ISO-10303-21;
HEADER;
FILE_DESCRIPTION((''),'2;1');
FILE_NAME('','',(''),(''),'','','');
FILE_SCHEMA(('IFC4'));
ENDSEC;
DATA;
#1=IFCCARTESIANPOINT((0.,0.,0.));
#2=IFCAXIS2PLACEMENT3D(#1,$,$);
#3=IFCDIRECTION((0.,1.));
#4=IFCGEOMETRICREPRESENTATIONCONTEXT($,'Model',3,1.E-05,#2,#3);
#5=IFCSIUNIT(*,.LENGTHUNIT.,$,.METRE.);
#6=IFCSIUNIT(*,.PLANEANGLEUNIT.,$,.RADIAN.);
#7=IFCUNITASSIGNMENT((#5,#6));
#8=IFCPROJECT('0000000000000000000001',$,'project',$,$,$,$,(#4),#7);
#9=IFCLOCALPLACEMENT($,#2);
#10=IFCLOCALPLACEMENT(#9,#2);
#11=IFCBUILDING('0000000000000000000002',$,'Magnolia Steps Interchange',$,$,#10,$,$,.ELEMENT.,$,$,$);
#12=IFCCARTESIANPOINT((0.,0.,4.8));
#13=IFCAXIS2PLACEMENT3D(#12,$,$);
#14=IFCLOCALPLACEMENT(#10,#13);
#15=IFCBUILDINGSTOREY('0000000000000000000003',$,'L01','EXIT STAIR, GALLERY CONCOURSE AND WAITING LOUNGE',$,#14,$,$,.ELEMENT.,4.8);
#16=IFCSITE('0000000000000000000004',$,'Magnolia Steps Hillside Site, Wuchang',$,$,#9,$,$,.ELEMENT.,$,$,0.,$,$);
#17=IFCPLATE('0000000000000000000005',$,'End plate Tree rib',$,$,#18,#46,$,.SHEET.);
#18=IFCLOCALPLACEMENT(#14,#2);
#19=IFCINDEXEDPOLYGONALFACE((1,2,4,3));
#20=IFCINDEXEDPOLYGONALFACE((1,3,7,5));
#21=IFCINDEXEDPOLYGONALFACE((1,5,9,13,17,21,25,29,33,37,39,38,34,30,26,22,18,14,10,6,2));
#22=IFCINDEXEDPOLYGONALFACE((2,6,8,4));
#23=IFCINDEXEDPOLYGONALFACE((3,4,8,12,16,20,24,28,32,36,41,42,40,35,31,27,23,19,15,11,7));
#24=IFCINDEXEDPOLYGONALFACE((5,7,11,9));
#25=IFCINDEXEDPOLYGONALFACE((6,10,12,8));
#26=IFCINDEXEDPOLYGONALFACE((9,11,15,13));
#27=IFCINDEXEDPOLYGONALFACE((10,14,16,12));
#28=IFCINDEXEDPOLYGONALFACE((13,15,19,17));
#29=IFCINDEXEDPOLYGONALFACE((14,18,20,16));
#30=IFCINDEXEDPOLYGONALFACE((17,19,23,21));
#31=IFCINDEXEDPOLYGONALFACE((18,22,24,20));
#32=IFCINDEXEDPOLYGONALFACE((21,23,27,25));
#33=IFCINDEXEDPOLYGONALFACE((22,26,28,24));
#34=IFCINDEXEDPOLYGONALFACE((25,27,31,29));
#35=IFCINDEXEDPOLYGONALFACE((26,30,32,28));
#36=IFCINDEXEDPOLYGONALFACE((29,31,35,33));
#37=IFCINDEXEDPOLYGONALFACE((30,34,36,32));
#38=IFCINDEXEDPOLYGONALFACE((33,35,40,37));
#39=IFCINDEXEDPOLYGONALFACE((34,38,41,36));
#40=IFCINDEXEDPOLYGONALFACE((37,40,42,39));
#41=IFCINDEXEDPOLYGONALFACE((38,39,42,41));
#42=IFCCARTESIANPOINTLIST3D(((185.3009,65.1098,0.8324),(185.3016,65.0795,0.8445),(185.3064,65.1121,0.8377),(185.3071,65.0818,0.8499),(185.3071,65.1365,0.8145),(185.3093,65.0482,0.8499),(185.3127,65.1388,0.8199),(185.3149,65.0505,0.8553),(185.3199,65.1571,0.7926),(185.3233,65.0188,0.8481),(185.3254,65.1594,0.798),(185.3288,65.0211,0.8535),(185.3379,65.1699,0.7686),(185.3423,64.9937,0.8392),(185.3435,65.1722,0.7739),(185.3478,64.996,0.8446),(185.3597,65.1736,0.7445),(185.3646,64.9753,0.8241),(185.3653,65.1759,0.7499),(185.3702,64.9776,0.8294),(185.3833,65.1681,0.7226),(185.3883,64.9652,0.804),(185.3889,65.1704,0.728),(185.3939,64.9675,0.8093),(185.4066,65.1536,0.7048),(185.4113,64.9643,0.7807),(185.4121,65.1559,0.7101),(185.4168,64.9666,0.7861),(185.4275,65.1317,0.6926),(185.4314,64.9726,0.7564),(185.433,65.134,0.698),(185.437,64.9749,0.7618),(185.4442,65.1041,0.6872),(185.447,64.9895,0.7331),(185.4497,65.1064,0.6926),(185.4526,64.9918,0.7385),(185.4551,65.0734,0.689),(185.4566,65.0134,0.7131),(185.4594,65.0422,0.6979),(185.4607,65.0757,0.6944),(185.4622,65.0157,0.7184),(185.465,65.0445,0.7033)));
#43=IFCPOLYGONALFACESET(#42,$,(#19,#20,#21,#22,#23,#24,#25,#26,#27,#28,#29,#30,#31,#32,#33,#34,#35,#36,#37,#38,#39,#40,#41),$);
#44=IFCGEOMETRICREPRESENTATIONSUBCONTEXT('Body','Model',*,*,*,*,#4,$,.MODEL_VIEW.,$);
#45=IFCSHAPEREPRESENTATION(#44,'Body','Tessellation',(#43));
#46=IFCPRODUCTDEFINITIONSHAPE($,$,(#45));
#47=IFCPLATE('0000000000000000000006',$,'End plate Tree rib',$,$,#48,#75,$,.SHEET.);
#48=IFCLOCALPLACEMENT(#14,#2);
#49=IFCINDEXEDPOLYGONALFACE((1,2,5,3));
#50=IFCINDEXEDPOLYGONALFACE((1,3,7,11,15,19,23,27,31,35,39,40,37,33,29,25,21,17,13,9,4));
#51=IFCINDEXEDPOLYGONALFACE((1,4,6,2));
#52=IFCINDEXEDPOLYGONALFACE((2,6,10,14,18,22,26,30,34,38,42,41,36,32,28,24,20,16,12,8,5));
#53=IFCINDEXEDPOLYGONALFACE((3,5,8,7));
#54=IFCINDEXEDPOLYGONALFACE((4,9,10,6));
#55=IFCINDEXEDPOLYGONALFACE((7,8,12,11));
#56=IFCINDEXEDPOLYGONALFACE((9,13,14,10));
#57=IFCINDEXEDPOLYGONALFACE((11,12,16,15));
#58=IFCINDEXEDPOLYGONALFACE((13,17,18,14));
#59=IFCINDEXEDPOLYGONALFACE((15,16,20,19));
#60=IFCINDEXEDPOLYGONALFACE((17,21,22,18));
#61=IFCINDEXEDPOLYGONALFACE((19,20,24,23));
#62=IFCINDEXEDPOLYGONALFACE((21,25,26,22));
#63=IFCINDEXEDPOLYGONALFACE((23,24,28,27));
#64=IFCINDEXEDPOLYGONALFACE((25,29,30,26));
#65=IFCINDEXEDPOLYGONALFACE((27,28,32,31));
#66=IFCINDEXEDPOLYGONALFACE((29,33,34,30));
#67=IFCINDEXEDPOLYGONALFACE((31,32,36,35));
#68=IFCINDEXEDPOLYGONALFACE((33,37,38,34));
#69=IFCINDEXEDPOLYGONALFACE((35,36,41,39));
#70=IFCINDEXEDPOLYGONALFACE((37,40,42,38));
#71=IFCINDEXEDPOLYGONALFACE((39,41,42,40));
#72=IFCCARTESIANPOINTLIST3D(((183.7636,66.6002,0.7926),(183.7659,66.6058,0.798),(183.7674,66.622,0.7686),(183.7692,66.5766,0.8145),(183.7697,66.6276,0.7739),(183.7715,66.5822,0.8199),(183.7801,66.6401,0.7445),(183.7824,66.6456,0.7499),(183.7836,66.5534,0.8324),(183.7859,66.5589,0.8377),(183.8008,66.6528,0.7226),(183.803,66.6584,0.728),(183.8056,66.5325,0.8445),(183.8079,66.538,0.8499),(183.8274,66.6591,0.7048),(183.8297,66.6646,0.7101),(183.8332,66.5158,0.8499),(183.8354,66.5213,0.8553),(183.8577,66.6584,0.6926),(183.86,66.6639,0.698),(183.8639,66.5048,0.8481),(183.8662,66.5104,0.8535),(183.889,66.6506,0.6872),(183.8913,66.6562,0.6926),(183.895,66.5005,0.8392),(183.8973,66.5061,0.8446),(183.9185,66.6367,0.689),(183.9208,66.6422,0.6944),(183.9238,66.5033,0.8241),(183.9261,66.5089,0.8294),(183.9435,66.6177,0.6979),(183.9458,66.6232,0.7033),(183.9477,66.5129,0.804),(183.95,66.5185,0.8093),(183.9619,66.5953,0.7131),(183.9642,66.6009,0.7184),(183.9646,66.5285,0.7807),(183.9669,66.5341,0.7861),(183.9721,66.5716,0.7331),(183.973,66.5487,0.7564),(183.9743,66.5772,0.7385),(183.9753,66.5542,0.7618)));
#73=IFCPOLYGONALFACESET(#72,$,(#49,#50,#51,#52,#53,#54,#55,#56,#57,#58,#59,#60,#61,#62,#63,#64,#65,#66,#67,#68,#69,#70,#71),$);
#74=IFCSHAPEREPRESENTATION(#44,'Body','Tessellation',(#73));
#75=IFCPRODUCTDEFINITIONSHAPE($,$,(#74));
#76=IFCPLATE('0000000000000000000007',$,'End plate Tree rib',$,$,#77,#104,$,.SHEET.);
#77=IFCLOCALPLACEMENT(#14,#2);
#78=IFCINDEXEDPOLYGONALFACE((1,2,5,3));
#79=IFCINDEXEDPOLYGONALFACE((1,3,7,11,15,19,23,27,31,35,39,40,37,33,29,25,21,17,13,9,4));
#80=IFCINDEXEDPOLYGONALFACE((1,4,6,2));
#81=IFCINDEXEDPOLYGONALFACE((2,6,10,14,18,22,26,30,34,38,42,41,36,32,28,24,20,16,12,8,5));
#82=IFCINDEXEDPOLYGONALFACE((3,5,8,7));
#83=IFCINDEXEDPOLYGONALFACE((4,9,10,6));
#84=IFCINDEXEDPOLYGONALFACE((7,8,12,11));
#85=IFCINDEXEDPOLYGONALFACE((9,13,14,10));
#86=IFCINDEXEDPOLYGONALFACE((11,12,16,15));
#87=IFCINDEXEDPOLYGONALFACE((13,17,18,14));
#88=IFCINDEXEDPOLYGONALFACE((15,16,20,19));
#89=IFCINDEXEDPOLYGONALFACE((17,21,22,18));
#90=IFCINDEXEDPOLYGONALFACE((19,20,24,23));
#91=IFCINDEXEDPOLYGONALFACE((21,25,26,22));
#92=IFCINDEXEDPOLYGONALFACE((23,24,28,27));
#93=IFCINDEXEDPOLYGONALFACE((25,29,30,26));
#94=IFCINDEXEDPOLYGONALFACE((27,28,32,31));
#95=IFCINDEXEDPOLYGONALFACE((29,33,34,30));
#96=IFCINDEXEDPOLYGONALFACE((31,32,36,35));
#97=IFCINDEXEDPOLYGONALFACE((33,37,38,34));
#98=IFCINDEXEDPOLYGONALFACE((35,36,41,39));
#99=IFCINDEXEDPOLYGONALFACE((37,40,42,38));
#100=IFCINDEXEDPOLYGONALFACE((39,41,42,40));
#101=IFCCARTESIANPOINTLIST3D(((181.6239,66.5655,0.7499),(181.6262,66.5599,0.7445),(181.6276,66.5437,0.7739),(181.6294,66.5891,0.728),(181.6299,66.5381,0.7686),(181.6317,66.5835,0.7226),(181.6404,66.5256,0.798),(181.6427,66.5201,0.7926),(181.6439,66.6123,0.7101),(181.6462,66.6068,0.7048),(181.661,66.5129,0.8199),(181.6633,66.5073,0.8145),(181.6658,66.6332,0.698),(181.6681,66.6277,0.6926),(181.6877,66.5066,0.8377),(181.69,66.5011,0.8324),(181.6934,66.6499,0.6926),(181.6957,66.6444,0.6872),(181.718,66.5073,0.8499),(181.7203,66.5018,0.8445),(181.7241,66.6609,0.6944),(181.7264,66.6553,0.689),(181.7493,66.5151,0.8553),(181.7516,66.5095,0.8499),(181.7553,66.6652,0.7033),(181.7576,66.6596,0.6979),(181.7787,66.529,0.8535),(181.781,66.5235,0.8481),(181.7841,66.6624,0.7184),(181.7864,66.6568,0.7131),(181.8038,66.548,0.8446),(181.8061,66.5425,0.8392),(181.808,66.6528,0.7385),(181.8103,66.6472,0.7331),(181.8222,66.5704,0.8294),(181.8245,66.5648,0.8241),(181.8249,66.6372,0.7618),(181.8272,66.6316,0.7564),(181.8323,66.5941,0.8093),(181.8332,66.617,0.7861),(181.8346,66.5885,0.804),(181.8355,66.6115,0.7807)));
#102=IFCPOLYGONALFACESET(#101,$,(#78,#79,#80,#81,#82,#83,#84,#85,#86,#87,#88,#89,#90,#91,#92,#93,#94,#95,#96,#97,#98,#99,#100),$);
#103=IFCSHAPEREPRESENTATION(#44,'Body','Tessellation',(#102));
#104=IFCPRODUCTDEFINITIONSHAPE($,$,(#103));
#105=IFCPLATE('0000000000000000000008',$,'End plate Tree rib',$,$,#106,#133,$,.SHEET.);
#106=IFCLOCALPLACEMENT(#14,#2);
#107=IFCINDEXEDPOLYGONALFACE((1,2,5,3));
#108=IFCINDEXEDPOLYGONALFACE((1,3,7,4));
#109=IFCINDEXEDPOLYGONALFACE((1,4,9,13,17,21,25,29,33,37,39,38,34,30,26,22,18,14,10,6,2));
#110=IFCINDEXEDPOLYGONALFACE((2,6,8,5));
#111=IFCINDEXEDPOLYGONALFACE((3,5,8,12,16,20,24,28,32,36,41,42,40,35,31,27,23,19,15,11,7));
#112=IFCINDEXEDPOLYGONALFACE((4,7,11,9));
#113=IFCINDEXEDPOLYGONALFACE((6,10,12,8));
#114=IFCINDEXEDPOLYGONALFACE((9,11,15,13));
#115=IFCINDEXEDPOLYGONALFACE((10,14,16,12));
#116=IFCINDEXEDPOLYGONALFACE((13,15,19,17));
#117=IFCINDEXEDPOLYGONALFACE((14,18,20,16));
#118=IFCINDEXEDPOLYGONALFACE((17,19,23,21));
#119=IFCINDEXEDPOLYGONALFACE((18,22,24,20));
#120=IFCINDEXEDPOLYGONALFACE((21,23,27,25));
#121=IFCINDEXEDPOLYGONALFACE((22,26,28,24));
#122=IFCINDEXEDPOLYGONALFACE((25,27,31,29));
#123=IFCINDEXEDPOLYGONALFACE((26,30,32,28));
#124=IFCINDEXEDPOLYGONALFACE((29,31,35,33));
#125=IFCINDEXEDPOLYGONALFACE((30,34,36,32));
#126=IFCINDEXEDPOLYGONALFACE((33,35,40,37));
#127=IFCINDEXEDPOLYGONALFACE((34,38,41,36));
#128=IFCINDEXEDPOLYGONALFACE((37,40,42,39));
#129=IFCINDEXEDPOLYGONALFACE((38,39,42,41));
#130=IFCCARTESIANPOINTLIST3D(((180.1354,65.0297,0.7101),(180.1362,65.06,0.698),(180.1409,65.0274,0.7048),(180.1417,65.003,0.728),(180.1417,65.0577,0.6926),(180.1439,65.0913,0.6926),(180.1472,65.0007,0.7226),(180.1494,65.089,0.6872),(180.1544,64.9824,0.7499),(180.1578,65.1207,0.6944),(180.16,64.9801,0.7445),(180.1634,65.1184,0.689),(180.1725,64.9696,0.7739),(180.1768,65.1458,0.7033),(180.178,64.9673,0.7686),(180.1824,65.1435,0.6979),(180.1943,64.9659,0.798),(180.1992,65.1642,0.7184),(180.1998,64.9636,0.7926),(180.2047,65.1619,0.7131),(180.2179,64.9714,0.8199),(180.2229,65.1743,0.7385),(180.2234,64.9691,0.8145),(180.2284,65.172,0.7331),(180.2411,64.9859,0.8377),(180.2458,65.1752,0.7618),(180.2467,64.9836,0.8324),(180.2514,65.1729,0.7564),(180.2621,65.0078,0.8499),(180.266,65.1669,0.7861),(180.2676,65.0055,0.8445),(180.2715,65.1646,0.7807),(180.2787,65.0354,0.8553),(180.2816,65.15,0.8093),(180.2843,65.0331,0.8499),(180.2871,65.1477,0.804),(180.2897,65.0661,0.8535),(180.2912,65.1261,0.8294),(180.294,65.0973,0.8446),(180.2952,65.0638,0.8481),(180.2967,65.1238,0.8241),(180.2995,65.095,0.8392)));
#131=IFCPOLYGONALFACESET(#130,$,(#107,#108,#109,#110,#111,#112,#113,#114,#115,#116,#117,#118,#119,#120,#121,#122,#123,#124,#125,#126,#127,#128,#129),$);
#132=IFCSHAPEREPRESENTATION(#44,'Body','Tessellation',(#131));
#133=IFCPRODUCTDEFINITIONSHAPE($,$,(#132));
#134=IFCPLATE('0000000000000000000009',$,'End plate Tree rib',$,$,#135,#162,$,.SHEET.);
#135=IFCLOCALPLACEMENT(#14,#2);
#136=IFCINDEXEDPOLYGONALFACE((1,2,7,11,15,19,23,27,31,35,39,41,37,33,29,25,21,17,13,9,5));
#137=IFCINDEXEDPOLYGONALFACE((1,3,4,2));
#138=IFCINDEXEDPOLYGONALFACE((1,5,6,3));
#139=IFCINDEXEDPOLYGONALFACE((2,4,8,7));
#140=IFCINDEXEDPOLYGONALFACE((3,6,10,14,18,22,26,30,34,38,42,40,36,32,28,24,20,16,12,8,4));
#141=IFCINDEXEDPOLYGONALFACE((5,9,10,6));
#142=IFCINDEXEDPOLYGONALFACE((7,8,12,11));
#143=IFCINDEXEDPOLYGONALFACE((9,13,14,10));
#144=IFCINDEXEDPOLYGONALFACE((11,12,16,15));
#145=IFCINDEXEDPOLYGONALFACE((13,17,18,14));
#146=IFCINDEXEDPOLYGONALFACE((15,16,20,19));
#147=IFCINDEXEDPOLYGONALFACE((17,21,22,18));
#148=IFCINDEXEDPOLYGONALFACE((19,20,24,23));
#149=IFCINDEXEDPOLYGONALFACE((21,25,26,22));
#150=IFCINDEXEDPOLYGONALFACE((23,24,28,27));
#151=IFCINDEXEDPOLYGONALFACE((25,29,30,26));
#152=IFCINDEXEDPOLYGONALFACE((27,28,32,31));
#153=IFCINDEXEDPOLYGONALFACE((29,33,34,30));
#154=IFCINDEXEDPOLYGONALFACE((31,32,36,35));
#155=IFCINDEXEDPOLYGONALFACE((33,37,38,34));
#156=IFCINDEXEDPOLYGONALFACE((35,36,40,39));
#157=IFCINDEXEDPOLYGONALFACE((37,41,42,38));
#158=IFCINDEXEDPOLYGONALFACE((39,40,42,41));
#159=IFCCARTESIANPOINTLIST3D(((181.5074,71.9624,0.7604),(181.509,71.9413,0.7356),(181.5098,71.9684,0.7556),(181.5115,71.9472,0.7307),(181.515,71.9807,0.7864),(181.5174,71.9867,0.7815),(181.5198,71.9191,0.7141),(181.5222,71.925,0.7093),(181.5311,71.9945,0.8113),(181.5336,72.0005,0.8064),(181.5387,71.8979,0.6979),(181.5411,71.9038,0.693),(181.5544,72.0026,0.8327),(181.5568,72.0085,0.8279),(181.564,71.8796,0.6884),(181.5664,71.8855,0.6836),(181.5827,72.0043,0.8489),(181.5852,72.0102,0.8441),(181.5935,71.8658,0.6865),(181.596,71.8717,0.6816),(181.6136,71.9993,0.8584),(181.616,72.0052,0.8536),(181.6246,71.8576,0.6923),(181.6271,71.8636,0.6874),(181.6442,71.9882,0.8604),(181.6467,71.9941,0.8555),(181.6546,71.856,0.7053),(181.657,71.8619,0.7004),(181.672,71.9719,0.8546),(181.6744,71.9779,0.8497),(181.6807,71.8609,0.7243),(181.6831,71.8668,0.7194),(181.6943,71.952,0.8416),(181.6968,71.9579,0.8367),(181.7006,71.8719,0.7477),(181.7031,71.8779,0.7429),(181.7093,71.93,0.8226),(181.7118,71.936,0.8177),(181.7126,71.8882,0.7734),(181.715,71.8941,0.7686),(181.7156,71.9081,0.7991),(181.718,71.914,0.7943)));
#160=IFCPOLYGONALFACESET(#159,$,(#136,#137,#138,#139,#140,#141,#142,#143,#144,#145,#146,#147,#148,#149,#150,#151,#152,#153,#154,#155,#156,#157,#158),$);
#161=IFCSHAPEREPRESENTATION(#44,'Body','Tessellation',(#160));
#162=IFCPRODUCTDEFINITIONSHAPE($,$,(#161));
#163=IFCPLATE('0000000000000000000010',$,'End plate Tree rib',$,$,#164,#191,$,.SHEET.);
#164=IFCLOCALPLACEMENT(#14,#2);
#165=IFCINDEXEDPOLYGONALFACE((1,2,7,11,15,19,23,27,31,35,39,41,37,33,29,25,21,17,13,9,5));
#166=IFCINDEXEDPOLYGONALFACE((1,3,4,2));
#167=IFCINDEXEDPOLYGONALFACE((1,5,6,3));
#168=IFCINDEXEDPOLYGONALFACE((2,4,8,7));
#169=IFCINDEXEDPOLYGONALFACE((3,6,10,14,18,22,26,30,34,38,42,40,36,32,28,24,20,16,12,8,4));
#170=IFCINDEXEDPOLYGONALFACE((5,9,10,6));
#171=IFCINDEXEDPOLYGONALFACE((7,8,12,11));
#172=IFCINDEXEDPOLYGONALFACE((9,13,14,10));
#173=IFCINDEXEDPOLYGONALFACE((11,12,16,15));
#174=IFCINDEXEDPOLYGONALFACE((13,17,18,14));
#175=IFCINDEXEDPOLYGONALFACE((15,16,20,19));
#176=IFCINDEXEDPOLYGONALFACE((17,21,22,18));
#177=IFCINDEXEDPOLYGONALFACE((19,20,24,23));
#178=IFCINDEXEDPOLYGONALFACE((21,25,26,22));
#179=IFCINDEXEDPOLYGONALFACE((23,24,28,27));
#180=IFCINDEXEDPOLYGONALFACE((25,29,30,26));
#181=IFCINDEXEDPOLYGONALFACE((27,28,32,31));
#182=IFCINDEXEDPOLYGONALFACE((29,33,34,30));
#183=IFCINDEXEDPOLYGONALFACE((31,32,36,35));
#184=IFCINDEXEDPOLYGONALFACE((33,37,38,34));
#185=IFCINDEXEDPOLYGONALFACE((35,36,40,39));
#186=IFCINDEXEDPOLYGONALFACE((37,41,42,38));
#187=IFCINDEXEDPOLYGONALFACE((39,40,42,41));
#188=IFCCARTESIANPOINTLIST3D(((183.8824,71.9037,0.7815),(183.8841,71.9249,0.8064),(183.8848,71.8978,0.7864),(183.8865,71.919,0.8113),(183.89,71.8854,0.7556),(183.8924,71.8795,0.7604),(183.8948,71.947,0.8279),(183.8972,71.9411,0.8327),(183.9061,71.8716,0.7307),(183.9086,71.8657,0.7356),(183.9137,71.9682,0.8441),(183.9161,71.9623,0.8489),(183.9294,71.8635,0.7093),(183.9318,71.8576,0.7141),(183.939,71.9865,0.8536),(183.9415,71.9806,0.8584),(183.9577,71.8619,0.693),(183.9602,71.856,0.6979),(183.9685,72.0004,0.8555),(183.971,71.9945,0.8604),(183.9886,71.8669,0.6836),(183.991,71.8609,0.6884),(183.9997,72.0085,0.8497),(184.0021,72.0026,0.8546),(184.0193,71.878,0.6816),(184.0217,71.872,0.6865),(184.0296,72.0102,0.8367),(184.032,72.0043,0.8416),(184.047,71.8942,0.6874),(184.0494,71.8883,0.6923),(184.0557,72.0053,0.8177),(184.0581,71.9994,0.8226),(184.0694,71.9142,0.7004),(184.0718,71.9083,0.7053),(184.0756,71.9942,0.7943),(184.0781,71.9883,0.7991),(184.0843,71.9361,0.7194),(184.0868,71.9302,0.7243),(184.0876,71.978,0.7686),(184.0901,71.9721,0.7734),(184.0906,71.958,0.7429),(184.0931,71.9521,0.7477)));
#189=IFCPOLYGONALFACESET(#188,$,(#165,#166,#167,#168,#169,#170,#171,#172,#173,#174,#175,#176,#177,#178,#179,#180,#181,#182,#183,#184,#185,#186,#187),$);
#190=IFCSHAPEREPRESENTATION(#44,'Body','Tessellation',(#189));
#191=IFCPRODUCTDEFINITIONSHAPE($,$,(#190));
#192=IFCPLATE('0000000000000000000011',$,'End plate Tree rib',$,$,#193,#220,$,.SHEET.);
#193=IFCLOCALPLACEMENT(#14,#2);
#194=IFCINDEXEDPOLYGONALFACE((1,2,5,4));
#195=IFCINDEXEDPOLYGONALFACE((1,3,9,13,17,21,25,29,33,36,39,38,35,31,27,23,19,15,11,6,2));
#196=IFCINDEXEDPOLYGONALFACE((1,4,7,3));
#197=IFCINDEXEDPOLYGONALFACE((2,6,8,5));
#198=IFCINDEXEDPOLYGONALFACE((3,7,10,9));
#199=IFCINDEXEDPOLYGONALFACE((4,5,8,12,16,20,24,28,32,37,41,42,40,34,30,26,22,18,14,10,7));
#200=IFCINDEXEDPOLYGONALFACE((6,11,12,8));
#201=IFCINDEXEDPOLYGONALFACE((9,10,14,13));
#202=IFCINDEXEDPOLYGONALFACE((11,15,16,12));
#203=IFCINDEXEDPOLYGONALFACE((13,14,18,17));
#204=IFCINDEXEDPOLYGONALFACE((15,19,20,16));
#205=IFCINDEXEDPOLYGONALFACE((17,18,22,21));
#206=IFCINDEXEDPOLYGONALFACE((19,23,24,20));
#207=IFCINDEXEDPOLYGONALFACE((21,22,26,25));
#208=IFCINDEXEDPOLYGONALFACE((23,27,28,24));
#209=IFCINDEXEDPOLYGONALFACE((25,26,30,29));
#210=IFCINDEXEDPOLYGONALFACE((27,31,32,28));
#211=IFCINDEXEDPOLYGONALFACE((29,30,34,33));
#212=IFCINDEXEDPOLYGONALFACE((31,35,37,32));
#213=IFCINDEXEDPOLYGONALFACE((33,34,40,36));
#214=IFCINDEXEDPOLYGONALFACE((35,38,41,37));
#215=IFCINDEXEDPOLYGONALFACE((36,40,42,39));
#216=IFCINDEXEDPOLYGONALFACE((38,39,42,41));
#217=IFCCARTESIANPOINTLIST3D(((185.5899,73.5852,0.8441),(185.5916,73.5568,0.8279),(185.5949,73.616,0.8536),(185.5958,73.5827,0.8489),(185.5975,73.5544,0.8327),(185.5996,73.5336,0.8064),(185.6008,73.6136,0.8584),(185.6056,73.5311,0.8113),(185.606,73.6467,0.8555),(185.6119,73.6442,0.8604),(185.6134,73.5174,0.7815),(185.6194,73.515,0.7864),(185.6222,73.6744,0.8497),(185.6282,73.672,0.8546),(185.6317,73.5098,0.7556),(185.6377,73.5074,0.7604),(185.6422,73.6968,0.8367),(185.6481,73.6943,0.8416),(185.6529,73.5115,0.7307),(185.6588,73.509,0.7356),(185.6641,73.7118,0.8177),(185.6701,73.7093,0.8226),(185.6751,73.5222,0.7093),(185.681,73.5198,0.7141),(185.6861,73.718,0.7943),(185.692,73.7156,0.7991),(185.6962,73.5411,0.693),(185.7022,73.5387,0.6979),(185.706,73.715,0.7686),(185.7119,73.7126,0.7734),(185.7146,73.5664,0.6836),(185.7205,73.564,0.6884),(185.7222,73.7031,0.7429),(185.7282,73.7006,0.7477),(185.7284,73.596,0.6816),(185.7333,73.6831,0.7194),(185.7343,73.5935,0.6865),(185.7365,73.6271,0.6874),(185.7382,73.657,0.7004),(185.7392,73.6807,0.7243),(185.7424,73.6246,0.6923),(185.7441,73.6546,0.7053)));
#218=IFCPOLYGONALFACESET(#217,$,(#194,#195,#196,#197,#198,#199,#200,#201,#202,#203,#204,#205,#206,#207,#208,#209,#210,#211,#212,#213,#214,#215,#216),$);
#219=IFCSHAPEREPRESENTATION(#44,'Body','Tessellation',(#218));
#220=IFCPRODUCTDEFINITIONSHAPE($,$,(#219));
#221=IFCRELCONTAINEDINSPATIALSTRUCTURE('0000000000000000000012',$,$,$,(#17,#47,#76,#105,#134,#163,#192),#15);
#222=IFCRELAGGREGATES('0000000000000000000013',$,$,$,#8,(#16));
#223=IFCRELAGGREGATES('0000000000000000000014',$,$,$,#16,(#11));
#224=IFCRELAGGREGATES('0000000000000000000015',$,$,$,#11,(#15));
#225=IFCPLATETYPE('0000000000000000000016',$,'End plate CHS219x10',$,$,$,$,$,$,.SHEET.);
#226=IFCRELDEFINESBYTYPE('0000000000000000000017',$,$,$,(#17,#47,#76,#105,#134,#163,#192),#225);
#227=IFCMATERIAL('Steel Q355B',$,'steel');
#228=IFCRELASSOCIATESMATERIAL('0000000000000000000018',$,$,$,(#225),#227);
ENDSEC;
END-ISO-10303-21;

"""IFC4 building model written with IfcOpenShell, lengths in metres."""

from ifc_helpers import new_model, si_unit, direction, frame, origin, origin_2d, place, context, subcontext, project, spatial, circle, extrude, material, material_profile, profile_set, type_object, element, save


model = new_model("IFC4")

# Units and contexts
model_context = context("Model", 3, precision=1e-05, world=origin(), true_north=direction((0.0, 1.0)))
body_context = subcontext(model_context, "Body", "Model", "MODEL_VIEW")
ifc_project = project(units=[si_unit("LENGTHUNIT", "METRE"), si_unit("PLANEANGLEUNIT", "RADIAN")], contexts=[model_context])

# Site, building, storey
site_placement = place(None, origin())
site = spatial("IfcSite", under=ifc_project, at=site_placement, Name="Magnolia Steps Hillside Site, Wuchang", CompositionType="ELEMENT", RefElevation=0.0)
building_placement = place(site_placement, origin())
building = spatial("IfcBuilding", under=site, at=building_placement, Name="Magnolia Steps Interchange", CompositionType="ELEMENT")
storey_placement = place(building_placement, frame((0.0, 0.0, 4.8)))
storey = spatial("IfcBuildingStorey", under=building, at=storey_placement, Name="L01", Description="EXIT STAIR, GALLERY CONCOURSE AND WAITING LOUNGE", CompositionType="ELEMENT", Elevation=4.8)

# Plates
ifc_material_1 = material(Name="Steel Q355B", Category="steel")
ifc_material_profile_1 = material_profile(ifc_material_1, circle(Radius=0.1096, at=origin_2d()), Name="End plate CHS219x10")
ifc_profile_set_1 = profile_set([ifc_material_profile_1], Name="Steel Q355B")
plate_type_1 = type_object("IfcPlateType", Name="End plate CHS219x10", PredefinedType="SHEET", material=ifc_profile_set_1)
for number, where, z_axis, x_axis, name in (
    (1, (185.3799, 65.0686, 0.7686), (0.687748, 0.284874, 0.66772), (-0.382683, 0.92388, 0.0), "End plate Tree rib"),
    (2, (183.8687, 66.5801, 0.7686), (0.284874, 0.687748, 0.66772), (-0.92388, 0.382683, 0.0), "End plate Tree rib"),
    (3, (181.7312, 66.5801, 0.7686), (-0.284874, 0.687748, 0.66772), (-0.92388, -0.382683, 0.0), "End plate Tree rib"),
    (4, (180.22, 65.0686, 0.7686), (-0.687748, 0.284874, 0.66772), (-0.382683, -0.92388, 0.0), "End plate Tree rib"),
    (5, (181.6138, 71.936, 0.7686), (-0.304377, -0.734831, 0.606117), (0.92388, -0.382683, 0.0), "End plate Tree rib"),
    (6, (183.9863, 71.936, 0.7686), (0.304377, -0.734831, 0.606117), (0.92388, 0.382683, 0.0), "End plate Tree rib"),
    (7, (185.6641, 73.6138, 0.7686), (0.734831, -0.304377, 0.606117), (0.382683, 0.92388, 0.0), "End plate Tree rib"),
):
    element("IfcPlate", number, at=place(storey_placement, frame(where, z_axis=z_axis, x_axis=x_axis)), inside=storey, type_object=plate_type_1, Name=name, PredefinedType="SHEET", context=body_context, shape_type="SweptSolid", body=[
        extrude(circle(Radius=0.1096, at=origin_2d()), origin(), (0.0, 0.0, 1.0), 0.0081),
    ])

save(model, "model.ifc")
